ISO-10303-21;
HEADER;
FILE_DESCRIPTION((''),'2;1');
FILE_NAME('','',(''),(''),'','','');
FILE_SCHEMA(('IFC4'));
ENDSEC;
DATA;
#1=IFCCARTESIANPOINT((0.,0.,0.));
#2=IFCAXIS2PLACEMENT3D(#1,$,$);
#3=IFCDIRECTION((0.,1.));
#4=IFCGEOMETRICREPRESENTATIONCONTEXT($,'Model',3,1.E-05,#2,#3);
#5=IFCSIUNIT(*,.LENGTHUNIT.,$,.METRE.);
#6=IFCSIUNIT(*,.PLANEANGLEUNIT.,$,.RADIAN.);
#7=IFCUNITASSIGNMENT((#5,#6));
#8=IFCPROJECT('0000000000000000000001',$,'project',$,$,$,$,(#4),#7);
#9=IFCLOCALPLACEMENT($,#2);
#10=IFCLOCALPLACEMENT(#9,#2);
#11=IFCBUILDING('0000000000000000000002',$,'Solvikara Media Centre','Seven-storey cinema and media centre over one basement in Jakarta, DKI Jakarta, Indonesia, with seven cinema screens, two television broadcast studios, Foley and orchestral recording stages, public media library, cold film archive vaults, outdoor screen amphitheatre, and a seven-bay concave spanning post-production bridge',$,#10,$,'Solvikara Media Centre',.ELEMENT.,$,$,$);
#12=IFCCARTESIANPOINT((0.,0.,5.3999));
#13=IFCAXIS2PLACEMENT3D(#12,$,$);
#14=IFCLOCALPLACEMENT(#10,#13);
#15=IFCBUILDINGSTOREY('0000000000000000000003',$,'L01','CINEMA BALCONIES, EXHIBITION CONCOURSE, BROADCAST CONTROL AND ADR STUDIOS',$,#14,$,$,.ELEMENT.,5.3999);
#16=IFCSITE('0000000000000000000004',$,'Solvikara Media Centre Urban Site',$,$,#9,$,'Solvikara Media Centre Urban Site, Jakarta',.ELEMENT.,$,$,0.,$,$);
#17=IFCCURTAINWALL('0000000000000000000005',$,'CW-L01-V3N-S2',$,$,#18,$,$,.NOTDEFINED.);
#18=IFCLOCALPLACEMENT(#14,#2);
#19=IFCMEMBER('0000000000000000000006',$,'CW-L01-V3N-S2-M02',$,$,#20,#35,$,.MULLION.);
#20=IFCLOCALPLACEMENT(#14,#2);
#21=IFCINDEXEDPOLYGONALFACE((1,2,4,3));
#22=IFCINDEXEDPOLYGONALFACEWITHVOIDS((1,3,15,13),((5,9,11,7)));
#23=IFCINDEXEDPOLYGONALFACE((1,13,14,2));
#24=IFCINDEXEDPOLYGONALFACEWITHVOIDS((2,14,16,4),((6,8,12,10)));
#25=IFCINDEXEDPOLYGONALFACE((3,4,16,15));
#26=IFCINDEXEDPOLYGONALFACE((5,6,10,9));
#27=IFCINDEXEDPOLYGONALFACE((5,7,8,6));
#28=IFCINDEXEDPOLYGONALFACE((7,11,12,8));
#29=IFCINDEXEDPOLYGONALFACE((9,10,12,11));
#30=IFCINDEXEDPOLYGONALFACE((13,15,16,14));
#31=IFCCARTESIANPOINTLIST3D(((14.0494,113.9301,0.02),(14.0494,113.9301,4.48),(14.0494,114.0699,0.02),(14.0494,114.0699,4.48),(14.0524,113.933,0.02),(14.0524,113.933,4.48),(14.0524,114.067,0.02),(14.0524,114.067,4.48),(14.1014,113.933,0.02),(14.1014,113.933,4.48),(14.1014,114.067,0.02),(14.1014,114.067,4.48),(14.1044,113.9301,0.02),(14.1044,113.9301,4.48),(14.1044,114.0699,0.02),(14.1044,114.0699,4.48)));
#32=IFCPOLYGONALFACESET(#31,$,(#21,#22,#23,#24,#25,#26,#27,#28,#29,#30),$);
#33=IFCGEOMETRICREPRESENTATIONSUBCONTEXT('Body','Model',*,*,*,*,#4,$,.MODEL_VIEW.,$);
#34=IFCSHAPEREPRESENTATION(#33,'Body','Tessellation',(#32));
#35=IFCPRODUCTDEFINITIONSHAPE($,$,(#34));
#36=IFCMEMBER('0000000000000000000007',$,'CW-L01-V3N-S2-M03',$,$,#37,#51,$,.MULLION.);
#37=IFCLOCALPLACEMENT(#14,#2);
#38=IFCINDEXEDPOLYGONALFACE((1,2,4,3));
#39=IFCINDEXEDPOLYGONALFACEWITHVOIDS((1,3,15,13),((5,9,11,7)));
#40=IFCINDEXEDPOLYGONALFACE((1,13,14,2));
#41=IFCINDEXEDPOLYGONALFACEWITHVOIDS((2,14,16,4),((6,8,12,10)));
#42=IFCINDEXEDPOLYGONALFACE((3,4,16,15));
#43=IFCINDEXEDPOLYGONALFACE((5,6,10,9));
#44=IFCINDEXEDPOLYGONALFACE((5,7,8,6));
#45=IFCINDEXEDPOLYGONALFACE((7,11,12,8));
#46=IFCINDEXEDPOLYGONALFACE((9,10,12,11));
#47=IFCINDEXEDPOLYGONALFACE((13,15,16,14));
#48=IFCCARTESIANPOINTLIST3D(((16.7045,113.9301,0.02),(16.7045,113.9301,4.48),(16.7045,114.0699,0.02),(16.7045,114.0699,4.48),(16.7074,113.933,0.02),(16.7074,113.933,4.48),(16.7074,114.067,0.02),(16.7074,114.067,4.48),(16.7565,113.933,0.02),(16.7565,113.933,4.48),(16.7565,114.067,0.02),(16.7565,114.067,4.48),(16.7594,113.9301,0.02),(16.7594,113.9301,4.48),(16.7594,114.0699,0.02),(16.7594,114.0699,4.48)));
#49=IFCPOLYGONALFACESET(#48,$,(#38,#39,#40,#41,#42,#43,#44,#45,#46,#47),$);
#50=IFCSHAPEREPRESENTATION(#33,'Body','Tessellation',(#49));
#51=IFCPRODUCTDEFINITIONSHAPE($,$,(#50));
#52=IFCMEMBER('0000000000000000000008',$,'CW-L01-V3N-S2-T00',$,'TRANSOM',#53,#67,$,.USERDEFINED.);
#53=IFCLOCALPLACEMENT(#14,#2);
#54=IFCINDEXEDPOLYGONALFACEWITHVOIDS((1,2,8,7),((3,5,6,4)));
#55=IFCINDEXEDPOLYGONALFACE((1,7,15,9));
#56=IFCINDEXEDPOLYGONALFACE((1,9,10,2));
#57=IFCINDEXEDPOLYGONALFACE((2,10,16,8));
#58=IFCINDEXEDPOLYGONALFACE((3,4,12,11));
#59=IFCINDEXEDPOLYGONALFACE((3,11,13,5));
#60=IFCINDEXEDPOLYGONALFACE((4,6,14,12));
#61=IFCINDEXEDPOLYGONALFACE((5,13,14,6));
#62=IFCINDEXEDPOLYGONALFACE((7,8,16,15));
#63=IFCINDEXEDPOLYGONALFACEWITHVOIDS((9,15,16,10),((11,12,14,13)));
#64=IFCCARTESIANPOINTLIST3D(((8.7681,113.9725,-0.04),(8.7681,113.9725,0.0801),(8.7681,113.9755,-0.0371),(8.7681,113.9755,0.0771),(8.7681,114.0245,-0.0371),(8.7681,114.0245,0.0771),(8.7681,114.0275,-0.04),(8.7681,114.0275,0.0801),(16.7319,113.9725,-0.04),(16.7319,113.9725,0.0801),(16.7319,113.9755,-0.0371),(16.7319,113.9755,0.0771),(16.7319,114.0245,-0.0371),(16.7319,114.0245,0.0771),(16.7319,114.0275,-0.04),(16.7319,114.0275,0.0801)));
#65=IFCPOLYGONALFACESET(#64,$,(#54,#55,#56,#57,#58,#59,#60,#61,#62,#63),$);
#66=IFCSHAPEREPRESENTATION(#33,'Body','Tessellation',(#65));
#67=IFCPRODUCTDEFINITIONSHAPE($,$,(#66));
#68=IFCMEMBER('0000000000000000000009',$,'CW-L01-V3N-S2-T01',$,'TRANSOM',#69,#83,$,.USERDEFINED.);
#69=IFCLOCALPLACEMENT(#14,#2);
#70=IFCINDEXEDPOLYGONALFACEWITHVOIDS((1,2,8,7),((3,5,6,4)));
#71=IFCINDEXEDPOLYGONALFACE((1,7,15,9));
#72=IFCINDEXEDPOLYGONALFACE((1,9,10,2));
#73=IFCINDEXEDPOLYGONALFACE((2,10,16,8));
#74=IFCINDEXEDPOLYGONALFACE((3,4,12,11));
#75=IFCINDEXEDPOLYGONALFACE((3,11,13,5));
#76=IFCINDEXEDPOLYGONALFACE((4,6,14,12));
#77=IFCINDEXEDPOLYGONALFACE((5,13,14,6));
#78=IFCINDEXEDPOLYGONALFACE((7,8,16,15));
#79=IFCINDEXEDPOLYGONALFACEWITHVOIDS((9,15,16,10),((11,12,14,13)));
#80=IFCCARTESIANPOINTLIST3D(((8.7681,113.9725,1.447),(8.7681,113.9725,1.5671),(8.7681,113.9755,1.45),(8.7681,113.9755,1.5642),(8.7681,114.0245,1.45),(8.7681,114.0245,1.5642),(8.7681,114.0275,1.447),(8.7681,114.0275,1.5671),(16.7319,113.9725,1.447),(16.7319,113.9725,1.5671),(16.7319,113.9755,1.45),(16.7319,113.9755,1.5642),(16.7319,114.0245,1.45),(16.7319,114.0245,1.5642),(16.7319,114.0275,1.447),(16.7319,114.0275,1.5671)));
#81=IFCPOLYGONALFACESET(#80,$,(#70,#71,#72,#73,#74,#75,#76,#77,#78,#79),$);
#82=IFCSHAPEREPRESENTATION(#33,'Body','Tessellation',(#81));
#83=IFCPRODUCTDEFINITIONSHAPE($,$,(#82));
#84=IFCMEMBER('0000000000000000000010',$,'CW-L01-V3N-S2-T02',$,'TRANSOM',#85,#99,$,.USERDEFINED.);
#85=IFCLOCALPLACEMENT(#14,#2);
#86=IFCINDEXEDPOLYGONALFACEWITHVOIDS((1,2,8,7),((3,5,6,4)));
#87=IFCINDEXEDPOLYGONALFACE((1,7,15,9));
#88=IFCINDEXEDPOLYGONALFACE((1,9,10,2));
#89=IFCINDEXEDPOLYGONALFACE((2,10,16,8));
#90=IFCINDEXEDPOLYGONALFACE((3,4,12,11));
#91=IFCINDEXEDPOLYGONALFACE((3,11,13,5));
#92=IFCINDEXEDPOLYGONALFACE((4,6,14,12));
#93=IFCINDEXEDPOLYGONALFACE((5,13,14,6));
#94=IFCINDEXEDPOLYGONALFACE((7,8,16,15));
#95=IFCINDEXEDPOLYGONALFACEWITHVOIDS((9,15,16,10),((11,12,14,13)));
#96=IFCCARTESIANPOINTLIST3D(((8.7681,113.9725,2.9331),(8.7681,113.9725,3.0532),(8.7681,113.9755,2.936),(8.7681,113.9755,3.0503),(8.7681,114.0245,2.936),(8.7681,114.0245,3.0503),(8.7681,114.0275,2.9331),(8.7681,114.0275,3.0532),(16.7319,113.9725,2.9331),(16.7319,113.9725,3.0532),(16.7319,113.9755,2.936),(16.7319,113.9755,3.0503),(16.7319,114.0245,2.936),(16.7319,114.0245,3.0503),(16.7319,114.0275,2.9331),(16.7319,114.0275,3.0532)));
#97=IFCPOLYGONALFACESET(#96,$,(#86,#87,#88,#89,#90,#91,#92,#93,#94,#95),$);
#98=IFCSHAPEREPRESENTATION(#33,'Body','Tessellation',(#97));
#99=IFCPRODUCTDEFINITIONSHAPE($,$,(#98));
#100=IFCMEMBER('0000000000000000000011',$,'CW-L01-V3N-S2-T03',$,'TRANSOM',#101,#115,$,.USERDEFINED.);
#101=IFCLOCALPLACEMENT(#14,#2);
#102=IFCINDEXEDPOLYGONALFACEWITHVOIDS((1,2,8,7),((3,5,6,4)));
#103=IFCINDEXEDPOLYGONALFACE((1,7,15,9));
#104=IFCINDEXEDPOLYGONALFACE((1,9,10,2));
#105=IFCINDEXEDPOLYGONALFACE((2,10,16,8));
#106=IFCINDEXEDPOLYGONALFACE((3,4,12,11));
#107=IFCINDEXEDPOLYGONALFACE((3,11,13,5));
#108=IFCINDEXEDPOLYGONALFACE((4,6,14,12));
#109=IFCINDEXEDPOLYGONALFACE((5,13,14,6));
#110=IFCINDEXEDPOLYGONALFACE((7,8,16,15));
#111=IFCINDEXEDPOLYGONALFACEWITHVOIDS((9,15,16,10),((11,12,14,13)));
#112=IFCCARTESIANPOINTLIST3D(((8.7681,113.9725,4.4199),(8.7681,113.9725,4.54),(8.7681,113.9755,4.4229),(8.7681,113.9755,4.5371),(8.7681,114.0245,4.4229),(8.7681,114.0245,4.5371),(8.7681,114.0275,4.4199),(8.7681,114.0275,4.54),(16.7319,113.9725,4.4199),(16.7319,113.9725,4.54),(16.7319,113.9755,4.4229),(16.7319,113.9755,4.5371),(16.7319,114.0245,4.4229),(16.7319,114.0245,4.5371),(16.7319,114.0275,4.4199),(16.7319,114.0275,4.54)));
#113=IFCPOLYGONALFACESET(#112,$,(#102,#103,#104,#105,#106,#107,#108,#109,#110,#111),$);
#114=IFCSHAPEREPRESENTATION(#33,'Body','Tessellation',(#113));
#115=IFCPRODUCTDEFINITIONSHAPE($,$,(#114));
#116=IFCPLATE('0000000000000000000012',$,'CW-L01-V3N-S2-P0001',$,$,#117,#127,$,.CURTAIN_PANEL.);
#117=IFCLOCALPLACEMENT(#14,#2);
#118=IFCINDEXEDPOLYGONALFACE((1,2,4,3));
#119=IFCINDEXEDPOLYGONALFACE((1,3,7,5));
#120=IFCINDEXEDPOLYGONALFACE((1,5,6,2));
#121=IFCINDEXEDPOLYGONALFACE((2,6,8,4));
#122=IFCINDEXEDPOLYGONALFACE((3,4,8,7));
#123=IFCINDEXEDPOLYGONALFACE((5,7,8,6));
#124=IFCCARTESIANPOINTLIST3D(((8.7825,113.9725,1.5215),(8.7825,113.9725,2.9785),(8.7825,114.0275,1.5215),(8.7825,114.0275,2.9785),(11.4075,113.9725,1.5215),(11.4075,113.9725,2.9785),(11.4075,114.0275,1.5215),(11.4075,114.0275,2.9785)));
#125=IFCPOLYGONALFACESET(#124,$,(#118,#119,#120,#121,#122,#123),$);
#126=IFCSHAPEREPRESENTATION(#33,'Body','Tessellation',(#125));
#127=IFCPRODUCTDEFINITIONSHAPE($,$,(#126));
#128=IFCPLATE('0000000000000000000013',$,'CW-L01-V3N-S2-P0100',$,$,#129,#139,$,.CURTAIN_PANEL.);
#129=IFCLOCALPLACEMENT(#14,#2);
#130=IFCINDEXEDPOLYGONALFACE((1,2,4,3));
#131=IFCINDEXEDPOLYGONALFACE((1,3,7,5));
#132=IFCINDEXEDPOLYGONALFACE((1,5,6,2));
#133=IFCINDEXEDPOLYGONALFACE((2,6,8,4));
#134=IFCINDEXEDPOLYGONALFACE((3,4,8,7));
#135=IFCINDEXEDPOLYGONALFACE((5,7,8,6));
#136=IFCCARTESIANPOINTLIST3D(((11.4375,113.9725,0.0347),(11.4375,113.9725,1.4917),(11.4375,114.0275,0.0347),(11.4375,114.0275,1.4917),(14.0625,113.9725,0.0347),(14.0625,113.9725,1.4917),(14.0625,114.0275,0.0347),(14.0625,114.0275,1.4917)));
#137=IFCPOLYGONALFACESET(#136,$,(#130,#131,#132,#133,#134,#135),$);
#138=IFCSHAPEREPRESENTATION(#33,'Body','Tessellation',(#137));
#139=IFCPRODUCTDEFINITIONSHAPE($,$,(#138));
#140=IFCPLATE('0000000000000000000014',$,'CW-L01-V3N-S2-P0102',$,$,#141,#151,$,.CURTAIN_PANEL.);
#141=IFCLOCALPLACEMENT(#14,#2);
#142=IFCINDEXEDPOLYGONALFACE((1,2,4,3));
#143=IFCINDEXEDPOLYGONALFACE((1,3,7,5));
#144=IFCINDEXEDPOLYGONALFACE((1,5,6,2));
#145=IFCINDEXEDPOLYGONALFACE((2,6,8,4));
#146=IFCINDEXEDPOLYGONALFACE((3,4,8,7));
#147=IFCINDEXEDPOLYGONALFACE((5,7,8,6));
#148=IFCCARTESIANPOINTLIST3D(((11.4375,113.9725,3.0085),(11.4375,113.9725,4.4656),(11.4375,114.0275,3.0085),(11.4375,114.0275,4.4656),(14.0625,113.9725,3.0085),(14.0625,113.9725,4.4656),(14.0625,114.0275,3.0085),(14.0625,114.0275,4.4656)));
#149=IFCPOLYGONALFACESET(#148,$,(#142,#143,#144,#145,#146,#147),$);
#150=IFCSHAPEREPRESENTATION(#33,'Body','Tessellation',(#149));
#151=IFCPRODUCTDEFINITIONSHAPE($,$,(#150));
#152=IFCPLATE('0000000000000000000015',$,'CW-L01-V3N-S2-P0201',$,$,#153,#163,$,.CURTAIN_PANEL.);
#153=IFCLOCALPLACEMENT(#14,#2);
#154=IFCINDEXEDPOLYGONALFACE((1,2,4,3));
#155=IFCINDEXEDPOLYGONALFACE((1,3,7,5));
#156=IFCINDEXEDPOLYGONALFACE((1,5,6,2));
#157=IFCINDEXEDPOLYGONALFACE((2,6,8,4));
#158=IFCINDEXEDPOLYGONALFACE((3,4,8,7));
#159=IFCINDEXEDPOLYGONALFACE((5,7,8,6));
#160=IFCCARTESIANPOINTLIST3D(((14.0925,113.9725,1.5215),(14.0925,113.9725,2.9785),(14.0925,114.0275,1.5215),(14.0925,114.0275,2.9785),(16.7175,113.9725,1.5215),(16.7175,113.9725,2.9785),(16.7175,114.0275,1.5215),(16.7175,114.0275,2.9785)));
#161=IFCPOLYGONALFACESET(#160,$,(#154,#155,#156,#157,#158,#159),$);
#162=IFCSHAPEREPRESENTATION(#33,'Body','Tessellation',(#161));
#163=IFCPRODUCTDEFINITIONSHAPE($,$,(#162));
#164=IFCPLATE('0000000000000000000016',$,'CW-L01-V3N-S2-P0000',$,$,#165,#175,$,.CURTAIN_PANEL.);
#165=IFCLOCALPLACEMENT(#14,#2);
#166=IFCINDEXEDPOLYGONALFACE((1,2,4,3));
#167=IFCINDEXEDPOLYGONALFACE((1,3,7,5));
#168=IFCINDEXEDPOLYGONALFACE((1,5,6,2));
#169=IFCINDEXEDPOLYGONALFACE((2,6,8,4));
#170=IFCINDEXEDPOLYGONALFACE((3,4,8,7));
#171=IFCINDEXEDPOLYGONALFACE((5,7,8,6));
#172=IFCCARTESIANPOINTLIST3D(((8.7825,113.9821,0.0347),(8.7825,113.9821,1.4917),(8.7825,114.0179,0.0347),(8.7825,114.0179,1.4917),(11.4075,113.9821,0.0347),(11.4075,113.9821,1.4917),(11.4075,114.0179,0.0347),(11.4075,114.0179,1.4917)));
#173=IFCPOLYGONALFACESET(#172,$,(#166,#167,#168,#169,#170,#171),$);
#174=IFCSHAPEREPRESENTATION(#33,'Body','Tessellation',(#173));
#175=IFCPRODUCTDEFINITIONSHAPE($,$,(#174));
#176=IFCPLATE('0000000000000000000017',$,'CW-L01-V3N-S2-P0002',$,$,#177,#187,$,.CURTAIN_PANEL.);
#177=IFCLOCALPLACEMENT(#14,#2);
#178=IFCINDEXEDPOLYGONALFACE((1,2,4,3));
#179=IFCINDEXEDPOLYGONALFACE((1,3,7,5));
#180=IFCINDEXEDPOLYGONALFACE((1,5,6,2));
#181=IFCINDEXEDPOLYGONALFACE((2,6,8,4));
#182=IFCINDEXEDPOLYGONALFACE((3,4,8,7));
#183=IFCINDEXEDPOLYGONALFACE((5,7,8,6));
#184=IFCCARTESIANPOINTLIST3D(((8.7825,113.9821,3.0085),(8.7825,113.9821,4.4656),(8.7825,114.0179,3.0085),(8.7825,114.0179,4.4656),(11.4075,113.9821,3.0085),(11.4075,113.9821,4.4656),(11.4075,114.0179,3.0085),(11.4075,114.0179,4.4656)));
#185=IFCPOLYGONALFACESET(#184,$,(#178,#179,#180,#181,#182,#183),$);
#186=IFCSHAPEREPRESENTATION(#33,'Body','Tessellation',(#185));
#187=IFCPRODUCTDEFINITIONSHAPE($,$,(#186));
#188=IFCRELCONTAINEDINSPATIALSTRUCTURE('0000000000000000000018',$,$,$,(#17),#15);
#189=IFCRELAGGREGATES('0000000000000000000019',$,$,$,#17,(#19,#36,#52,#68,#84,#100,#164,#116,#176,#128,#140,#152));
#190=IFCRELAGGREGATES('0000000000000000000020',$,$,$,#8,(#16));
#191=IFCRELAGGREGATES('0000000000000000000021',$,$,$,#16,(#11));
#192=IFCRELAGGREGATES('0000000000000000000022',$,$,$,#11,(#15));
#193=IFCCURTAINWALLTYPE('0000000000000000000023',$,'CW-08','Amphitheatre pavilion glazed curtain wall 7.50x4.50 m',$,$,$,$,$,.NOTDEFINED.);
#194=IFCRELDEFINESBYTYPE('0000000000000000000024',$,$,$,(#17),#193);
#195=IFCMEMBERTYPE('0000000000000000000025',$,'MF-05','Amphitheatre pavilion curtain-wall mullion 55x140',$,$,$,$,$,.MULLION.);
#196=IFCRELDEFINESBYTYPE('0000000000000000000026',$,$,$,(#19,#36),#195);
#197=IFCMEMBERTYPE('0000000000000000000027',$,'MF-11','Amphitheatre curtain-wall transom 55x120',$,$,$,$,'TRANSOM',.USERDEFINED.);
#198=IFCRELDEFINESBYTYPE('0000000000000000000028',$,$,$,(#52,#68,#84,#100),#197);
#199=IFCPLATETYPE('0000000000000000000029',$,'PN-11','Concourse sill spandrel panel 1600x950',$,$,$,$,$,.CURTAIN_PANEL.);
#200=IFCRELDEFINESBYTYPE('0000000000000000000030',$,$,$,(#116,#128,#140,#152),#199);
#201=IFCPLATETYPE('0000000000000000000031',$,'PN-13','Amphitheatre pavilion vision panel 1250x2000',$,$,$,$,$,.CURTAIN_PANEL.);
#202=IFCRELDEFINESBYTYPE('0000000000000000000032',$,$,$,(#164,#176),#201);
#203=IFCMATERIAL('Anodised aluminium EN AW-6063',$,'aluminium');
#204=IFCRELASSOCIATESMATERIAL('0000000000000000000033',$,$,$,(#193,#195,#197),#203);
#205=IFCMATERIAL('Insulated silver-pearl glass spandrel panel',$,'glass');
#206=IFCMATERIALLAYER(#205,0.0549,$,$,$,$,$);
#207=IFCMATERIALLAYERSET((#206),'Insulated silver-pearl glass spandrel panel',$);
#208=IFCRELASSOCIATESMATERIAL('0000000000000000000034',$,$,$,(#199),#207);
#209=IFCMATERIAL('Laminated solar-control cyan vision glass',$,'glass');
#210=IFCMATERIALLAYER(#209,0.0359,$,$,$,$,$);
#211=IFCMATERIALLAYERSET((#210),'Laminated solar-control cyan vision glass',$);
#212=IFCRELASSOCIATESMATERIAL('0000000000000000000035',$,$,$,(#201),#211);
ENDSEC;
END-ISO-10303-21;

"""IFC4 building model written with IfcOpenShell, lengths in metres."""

from ifc_helpers import new_model, si_unit, direction, frame, origin, origin_2d, place, context, subcontext, project, spatial, rectangle, hollow_rectangle, extrude, material, layer, layer_set, material_profile, profile_set, type_object, element, aggregate, save


model = new_model("IFC4")

# Units and contexts
model_context = context("Model", 3, precision=1e-05, world=origin(), true_north=direction((0.0, 1.0)))
body_context = subcontext(model_context, "Body", "Model", "MODEL_VIEW")
ifc_project = project(units=[si_unit("LENGTHUNIT", "METRE"), si_unit("PLANEANGLEUNIT", "RADIAN")], contexts=[model_context])

# Site, building, storey
site_placement = place(None, origin())
site = spatial("IfcSite", under=ifc_project, at=site_placement, Name="Solvikara Media Centre Urban Site", LongName="Solvikara Media Centre Urban Site, Jakarta", CompositionType="ELEMENT", RefElevation=0.0)
building_placement = place(site_placement, origin())
building = spatial("IfcBuilding", under=site, at=building_placement, Name="Solvikara Media Centre", Description="Seven-storey cinema and media centre over one basement in Jakarta, DKI Jakarta, Indonesia, with seven cinema screens, two television broadcast studios, Foley and orchestral recording stages, public media library, cold film archive vaults, outdoor screen amphitheatre, and a seven-bay concave spanning post-production bridge", LongName="Solvikara Media Centre", CompositionType="ELEMENT")
storey_placement = place(building_placement, frame((0.0, 0.0, 5.3999)))
storey = spatial("IfcBuildingStorey", under=building, at=storey_placement, Name="L01", Description="CINEMA BALCONIES, EXHIBITION CONCOURSE, BROADCAST CONTROL AND ADR STUDIOS", CompositionType="ELEMENT", Elevation=5.3999)

# Curtain wall, members, plates
ifc_material_1 = material(Name="Anodised aluminium EN AW-6063", Category="aluminium")
curtain_wall_type = type_object("IfcCurtainWallType", Name="CW-08", Description="Amphitheatre pavilion glazed curtain wall 7.50x4.50 m", PredefinedType="NOTDEFINED", material=ifc_material_1)
curtain_wall_placement = place(storey_placement, origin())
curtain_wall = element("IfcCurtainWall", 1, at=curtain_wall_placement, inside=storey, type_object=curtain_wall_type, Name="CW-L01-V3N-S2", PredefinedType="NOTDEFINED")
ifc_material_profile_1 = material_profile(ifc_material_1, hollow_rectangle(XDim=0.0549, YDim=0.1399, WallThickness=0.0029, at=origin_2d()), Name="ALU-M 55x140x3")
ifc_profile_set_1 = profile_set([ifc_material_profile_1], Name="Anodised aluminium EN AW-6063")
member_type_1 = type_object("IfcMemberType", Name="MF-05", Description="Amphitheatre pavilion curtain-wall mullion 55x140", PredefinedType="MULLION", material=ifc_profile_set_1)
member_1_placement = place(storey_placement, frame((14.0769, 114.0, 0.02), z_axis=(0.0, 0.0, 1.0), x_axis=(1.0, 0.0, 0.0)))
member_1 = element("IfcMember", 2, at=member_1_placement, type_object=member_type_1, Name="CW-L01-V3N-S2-M02", PredefinedType="MULLION", context=body_context, shape_type="SweptSolid", body=[
    extrude(hollow_rectangle(XDim=0.0549, YDim=0.1399, WallThickness=0.0029, at=origin_2d()), origin(), (0.0, 0.0, 1.0), 4.46),
])
member_2_placement = place(storey_placement, frame((16.7319, 114.0, 0.02), z_axis=(0.0, 0.0, 1.0), x_axis=(1.0, 0.0, 0.0)))
member_2 = element("IfcMember", 3, at=member_2_placement, type_object=member_type_1, Name="CW-L01-V3N-S2-M03", PredefinedType="MULLION", context=body_context, shape_type="SweptSolid", body=[
    extrude(hollow_rectangle(XDim=0.0549, YDim=0.1399, WallThickness=0.0029, at=origin_2d()), origin(), (0.0, 0.0, 1.0), 4.46),
])
ifc_material_profile_2 = material_profile(ifc_material_1, hollow_rectangle(XDim=0.0549, YDim=0.1201, WallThickness=0.0029, at=origin_2d()), Name="ALU-T 55x120x3")
ifc_profile_set_2 = profile_set([ifc_material_profile_2], Name="Anodised aluminium EN AW-6063")
member_type_2 = type_object("IfcMemberType", Name="MF-11", Description="Amphitheatre curtain-wall transom 55x120", ElementType="TRANSOM", PredefinedType="USERDEFINED", material=ifc_profile_set_2)
member_3_placement = place(storey_placement, frame((8.7681, 114.0, 0.02), z_axis=(1.0, 0.0, 0.0), x_axis=(0.0, 1.0, 0.0)))
member_3 = element("IfcMember", 4, at=member_3_placement, type_object=member_type_2, Name="CW-L01-V3N-S2-T00", ObjectType="TRANSOM", PredefinedType="USERDEFINED", context=body_context, shape_type="SweptSolid", body=[
    extrude(hollow_rectangle(XDim=0.0549, YDim=0.1201, WallThickness=0.0029, at=origin_2d()), origin(), (0.0, 0.0, 1.0), 7.9639),
])
member_4_placement = place(storey_placement, frame((8.7681, 114.0, 1.5071), z_axis=(1.0, 0.0, 0.0), x_axis=(0.0, 1.0, 0.0)))
member_4 = element("IfcMember", 5, at=member_4_placement, type_object=member_type_2, Name="CW-L01-V3N-S2-T01", ObjectType="TRANSOM", PredefinedType="USERDEFINED", context=body_context, shape_type="SweptSolid", body=[
    extrude(hollow_rectangle(XDim=0.0549, YDim=0.1201, WallThickness=0.0029, at=origin_2d()), origin(), (0.0, 0.0, 1.0), 7.9639),
])
member_5_placement = place(storey_placement, frame((8.7681, 114.0, 2.9932), z_axis=(1.0, 0.0, 0.0), x_axis=(0.0, 1.0, 0.0)))
member_5 = element("IfcMember", 6, at=member_5_placement, type_object=member_type_2, Name="CW-L01-V3N-S2-T02", ObjectType="TRANSOM", PredefinedType="USERDEFINED", context=body_context, shape_type="SweptSolid", body=[
    extrude(hollow_rectangle(XDim=0.0549, YDim=0.1201, WallThickness=0.0029, at=origin_2d()), origin(), (0.0, 0.0, 1.0), 7.9639),
])
member_6_placement = place(storey_placement, frame((8.7681, 114.0, 4.48), z_axis=(1.0, 0.0, 0.0), x_axis=(0.0, 1.0, 0.0)))
member_6 = element("IfcMember", 7, at=member_6_placement, type_object=member_type_2, Name="CW-L01-V3N-S2-T03", ObjectType="TRANSOM", PredefinedType="USERDEFINED", context=body_context, shape_type="SweptSolid", body=[
    extrude(hollow_rectangle(XDim=0.0549, YDim=0.1201, WallThickness=0.0029, at=origin_2d()), origin(), (0.0, 0.0, 1.0), 7.9639),
])
ifc_material_2 = material(Name="Insulated silver-pearl glass spandrel panel", Category="glass")
ifc_layer_1 = layer(ifc_material_2, 0.0549)
ifc_layer_set_1 = layer_set([ifc_layer_1], Name="Insulated silver-pearl glass spandrel panel")
plate_type_1 = type_object("IfcPlateType", Name="PN-11", Description="Concourse sill spandrel panel 1600x950", PredefinedType="CURTAIN_PANEL", material=ifc_layer_set_1)
plate_1_placement = place(storey_placement, frame((10.095, 114.0, 1.5215), z_axis=(0.0, 0.0, 1.0), x_axis=(1.0, 0.0, 0.0)))
plate_1 = element("IfcPlate", 8, at=plate_1_placement, type_object=plate_type_1, Name="CW-L01-V3N-S2-P0001", PredefinedType="CURTAIN_PANEL", context=body_context, shape_type="SweptSolid", body=[
    extrude(rectangle(XDim=2.625, YDim=0.0549, at=origin_2d()), origin(), (0.0, 0.0, 1.0), 1.457),
])
plate_2_placement = place(storey_placement, frame((12.75, 114.0, 0.0347), z_axis=(0.0, 0.0, 1.0), x_axis=(1.0, 0.0, 0.0)))
plate_2 = element("IfcPlate", 9, at=plate_2_placement, type_object=plate_type_1, Name="CW-L01-V3N-S2-P0100", PredefinedType="CURTAIN_PANEL", context=body_context, shape_type="SweptSolid", body=[
    extrude(rectangle(XDim=2.625, YDim=0.0549, at=origin_2d()), origin(), (0.0, 0.0, 1.0), 1.457),
])
plate_3_placement = place(storey_placement, frame((12.75, 114.0, 3.0085), z_axis=(0.0, 0.0, 1.0), x_axis=(1.0, 0.0, 0.0)))
plate_3 = element("IfcPlate", 10, at=plate_3_placement, type_object=plate_type_1, Name="CW-L01-V3N-S2-P0102", PredefinedType="CURTAIN_PANEL", context=body_context, shape_type="SweptSolid", body=[
    extrude(rectangle(XDim=2.625, YDim=0.0549, at=origin_2d()), origin(), (0.0, 0.0, 1.0), 1.457),
])
plate_4_placement = place(storey_placement, frame((15.405, 114.0, 1.5215), z_axis=(0.0, 0.0, 1.0), x_axis=(1.0, 0.0, 0.0)))
plate_4 = element("IfcPlate", 11, at=plate_4_placement, type_object=plate_type_1, Name="CW-L01-V3N-S2-P0201", PredefinedType="CURTAIN_PANEL", context=body_context, shape_type="SweptSolid", body=[
    extrude(rectangle(XDim=2.625, YDim=0.0549, at=origin_2d()), origin(), (0.0, 0.0, 1.0), 1.457),
])
ifc_material_3 = material(Name="Laminated solar-control cyan vision glass", Category="glass")
ifc_layer_2 = layer(ifc_material_3, 0.0359)
ifc_layer_set_2 = layer_set([ifc_layer_2], Name="Laminated solar-control cyan vision glass")
plate_type_2 = type_object("IfcPlateType", Name="PN-13", Description="Amphitheatre pavilion vision panel 1250x2000", PredefinedType="CURTAIN_PANEL", material=ifc_layer_set_2)
plate_5_placement = place(storey_placement, frame((10.095, 114.0, 0.0347), z_axis=(0.0, 0.0, 1.0), x_axis=(1.0, 0.0, 0.0)))
plate_5 = element("IfcPlate", 12, at=plate_5_placement, type_object=plate_type_2, Name="CW-L01-V3N-S2-P0000", PredefinedType="CURTAIN_PANEL", context=body_context, shape_type="SweptSolid", body=[
    extrude(rectangle(XDim=2.625, YDim=0.0359, at=origin_2d()), origin(), (0.0, 0.0, 1.0), 1.457),
])
plate_6_placement = place(storey_placement, frame((10.095, 114.0, 3.0085), z_axis=(0.0, 0.0, 1.0), x_axis=(1.0, 0.0, 0.0)))
plate_6 = element("IfcPlate", 13, at=plate_6_placement, type_object=plate_type_2, Name="CW-L01-V3N-S2-P0002", PredefinedType="CURTAIN_PANEL", context=body_context, shape_type="SweptSolid", body=[
    extrude(rectangle(XDim=2.625, YDim=0.0359, at=origin_2d()), origin(), (0.0, 0.0, 1.0), 1.457),
])
aggregate(curtain_wall, [member_1, member_2, member_3, member_4, member_5, member_6, plate_5, plate_1, plate_6, plate_2, plate_3, plate_4])

save(model, "model.ifc")
